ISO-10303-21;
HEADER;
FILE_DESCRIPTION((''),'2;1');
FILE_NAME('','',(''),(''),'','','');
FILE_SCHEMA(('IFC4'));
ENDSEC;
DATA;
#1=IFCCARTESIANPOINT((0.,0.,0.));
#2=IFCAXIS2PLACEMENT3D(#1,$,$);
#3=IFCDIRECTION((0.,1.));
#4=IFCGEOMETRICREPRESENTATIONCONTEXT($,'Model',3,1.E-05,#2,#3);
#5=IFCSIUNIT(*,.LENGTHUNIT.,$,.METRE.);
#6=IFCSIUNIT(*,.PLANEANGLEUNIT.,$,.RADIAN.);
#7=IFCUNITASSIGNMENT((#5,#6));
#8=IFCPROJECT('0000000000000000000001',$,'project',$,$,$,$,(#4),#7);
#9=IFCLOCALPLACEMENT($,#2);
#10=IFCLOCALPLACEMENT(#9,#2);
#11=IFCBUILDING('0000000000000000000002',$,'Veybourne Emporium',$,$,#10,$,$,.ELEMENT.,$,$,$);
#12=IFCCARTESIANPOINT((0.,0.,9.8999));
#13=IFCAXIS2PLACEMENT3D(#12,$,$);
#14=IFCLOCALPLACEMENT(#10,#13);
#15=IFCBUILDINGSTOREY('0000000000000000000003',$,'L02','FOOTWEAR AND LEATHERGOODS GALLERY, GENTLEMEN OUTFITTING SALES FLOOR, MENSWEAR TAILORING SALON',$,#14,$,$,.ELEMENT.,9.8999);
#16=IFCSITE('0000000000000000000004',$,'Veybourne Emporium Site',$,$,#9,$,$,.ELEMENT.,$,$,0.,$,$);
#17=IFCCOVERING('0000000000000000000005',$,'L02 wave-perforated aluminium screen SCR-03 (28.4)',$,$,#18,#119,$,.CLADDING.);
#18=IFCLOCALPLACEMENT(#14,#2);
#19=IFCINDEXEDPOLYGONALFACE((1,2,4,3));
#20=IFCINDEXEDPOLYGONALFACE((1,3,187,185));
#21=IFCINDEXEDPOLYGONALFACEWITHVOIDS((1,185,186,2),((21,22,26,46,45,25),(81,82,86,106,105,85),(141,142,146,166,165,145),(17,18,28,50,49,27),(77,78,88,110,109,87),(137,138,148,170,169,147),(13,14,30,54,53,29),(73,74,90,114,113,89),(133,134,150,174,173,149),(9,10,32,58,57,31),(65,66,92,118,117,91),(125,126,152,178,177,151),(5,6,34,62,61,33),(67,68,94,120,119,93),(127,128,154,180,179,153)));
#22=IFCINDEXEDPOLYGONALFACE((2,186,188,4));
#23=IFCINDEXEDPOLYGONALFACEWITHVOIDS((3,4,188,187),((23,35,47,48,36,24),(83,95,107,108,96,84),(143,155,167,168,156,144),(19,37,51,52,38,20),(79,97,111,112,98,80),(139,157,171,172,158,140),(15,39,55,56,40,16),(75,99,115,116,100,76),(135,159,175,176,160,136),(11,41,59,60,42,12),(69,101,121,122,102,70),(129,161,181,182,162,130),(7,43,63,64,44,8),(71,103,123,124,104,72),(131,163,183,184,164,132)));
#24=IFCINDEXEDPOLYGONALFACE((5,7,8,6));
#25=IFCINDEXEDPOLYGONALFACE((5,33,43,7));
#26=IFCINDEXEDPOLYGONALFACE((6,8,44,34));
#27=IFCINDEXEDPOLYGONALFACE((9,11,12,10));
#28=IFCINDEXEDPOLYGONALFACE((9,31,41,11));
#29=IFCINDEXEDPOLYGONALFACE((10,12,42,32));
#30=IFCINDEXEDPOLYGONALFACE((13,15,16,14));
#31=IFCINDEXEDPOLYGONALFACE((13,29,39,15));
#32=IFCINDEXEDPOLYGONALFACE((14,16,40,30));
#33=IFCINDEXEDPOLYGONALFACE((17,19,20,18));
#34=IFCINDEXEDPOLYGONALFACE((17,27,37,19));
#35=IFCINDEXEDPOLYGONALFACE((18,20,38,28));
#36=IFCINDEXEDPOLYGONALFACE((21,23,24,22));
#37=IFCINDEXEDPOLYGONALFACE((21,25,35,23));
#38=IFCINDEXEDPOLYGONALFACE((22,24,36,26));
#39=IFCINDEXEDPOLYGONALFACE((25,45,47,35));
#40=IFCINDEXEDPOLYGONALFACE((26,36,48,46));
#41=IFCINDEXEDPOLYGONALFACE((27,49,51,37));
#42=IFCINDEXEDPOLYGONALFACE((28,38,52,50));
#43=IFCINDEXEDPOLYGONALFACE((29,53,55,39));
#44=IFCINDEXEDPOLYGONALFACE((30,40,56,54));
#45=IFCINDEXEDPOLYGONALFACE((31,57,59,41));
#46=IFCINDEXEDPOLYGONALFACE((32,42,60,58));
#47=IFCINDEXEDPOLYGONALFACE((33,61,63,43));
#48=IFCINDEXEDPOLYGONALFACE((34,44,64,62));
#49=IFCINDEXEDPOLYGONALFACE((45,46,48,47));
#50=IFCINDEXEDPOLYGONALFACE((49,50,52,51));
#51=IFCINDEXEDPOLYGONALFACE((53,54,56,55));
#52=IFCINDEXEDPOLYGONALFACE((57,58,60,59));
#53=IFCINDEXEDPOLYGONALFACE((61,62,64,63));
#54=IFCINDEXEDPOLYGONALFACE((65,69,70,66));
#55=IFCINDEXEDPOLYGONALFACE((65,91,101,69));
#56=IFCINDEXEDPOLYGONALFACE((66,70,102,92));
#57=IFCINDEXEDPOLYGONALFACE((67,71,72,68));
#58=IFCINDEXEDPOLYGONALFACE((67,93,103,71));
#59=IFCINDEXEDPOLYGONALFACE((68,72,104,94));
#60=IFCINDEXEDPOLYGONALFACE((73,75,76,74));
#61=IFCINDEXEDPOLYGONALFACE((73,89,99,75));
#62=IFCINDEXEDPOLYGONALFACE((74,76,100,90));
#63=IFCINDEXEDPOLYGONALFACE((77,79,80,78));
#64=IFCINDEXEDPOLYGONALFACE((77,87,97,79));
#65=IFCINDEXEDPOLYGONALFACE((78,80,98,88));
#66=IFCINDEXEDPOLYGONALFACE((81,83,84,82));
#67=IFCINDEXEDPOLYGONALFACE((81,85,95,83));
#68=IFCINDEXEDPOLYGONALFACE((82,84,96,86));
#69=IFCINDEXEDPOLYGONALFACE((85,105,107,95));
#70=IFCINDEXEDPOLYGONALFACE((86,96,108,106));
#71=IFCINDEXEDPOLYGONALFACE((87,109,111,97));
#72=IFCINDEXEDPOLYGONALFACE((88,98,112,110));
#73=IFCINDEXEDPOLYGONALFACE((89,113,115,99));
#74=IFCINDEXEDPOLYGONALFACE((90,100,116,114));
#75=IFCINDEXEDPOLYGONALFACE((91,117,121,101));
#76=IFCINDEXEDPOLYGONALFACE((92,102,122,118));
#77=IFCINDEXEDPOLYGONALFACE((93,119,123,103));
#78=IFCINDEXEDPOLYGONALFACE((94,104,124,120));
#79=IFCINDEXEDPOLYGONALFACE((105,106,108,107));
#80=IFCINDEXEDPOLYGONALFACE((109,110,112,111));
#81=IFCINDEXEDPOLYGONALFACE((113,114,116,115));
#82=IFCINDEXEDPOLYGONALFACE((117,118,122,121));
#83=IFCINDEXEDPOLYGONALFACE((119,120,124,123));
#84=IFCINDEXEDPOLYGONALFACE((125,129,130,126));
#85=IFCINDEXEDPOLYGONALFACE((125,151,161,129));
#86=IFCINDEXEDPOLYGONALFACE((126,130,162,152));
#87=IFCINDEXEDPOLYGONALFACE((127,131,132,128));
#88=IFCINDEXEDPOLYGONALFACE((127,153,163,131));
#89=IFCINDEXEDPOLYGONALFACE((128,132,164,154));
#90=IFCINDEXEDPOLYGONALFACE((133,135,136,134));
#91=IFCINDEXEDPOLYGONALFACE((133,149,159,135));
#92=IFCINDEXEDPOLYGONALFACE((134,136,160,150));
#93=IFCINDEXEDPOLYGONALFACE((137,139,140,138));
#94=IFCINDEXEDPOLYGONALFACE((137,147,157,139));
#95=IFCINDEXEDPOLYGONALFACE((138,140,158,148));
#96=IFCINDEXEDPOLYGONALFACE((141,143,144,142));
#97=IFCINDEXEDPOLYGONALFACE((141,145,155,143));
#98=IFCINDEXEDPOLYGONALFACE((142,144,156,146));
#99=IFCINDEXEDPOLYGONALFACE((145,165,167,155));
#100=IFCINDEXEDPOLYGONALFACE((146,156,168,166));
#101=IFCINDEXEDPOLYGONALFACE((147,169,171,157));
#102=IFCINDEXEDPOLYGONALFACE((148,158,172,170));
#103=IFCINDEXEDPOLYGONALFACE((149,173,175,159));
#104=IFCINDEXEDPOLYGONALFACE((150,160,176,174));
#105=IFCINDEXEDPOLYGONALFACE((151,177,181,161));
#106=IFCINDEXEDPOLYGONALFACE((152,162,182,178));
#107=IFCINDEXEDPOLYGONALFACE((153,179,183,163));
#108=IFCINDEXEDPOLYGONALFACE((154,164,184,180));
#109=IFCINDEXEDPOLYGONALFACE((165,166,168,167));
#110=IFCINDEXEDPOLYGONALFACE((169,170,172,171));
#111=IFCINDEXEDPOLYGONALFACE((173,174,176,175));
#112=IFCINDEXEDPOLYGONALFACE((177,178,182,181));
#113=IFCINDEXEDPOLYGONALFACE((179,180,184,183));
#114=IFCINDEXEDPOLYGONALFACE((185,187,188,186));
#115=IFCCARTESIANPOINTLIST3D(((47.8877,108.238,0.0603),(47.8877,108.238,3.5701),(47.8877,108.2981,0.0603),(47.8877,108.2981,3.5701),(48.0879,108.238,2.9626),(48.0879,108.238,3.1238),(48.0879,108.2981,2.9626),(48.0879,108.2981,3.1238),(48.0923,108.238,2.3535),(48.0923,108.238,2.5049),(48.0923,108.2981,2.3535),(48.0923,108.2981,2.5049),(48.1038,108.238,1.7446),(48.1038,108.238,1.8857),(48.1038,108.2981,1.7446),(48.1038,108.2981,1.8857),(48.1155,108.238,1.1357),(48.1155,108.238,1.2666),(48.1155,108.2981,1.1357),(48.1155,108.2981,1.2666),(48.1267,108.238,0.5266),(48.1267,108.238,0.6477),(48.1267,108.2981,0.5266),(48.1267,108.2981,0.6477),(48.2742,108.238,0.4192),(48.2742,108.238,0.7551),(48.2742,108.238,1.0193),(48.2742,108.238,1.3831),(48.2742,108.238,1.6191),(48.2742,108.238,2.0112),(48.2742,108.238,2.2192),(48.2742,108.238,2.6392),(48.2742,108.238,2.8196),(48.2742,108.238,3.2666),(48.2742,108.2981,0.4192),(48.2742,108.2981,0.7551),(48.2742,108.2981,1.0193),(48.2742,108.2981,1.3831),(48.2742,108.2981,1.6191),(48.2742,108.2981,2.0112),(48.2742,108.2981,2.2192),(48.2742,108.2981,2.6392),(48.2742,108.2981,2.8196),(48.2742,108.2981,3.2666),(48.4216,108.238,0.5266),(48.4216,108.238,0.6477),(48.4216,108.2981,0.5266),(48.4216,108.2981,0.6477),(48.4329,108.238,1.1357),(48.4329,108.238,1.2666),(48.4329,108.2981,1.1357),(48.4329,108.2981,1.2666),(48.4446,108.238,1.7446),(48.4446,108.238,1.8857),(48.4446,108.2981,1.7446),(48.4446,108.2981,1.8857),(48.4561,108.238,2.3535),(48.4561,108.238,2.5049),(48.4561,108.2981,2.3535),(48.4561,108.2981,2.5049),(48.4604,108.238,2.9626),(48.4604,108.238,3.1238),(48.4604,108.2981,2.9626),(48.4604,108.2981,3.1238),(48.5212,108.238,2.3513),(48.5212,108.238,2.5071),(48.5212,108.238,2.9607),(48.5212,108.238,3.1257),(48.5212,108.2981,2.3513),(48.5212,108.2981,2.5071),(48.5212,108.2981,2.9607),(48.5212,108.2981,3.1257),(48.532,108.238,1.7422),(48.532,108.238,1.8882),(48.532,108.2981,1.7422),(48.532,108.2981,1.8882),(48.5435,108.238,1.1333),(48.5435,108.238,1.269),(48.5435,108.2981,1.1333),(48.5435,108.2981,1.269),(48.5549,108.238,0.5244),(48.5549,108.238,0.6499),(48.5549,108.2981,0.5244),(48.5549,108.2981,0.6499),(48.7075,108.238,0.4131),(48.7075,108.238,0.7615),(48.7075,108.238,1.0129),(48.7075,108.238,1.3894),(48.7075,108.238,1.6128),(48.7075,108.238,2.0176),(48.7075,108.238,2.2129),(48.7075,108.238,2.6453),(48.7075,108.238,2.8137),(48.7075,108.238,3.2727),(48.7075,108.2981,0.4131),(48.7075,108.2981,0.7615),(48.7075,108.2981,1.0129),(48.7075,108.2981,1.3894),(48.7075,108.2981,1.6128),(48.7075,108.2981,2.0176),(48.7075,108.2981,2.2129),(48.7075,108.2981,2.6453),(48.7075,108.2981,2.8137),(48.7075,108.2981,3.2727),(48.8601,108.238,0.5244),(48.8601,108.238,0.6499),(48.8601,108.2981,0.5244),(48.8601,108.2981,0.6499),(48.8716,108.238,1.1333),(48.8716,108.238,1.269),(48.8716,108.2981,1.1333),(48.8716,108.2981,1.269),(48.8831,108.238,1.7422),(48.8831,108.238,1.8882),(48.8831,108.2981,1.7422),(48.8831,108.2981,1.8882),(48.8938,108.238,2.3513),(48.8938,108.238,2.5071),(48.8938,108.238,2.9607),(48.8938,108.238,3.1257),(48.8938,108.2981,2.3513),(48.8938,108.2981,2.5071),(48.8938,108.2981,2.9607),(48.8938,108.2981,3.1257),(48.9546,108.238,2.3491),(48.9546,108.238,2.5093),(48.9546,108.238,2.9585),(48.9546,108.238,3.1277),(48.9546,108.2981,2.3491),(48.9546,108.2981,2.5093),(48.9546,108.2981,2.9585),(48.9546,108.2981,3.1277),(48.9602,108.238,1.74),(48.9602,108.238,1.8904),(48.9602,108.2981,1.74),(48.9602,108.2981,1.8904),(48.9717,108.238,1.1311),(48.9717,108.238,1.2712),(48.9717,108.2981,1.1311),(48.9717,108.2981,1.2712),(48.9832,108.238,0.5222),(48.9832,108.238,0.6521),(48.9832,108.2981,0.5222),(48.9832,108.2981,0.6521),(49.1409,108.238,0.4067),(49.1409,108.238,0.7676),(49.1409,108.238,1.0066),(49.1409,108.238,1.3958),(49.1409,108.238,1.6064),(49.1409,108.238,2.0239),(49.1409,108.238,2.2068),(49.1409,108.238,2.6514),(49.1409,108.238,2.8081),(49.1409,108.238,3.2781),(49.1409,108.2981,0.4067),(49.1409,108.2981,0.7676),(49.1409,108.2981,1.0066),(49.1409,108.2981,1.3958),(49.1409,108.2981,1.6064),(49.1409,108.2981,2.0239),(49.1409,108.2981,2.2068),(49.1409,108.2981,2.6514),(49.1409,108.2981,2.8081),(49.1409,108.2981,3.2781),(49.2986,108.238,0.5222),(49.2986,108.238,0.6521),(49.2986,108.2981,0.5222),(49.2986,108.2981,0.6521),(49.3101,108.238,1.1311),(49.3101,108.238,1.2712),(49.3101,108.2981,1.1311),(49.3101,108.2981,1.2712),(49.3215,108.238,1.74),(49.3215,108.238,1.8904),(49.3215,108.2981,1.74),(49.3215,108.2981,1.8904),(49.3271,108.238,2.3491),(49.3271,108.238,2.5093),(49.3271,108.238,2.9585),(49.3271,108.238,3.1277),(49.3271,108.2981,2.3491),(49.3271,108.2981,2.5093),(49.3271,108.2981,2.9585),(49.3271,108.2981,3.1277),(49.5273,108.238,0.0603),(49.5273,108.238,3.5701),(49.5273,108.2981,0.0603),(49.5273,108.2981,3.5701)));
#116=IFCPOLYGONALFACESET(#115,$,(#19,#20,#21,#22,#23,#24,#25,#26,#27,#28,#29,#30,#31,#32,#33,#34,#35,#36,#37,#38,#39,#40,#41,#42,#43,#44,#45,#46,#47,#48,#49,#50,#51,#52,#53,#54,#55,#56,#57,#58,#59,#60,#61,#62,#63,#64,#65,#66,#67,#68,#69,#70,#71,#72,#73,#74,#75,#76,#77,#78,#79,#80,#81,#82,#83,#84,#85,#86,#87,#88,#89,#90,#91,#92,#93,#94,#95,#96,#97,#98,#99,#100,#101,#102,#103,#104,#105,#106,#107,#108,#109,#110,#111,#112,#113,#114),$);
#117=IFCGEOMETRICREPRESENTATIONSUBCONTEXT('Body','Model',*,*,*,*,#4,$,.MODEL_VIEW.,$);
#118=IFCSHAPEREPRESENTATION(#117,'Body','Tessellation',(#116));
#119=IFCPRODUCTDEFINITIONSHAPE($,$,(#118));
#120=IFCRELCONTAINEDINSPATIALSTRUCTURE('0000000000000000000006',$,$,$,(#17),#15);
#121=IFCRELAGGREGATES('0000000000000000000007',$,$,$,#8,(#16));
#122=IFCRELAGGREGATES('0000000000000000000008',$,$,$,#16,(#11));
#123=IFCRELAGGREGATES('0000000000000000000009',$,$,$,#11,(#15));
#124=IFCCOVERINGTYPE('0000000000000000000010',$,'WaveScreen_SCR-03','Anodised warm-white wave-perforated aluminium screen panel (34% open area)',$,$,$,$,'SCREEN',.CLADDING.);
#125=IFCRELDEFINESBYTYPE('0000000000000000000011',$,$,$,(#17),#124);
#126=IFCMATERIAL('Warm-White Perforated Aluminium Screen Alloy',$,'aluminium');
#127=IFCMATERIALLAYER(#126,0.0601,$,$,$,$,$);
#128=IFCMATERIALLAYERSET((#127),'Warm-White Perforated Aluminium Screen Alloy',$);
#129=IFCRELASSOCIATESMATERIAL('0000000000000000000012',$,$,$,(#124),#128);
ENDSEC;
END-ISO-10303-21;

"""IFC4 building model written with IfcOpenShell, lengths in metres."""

from ifc_helpers import new_model, si_unit, direction, frame, origin, place, context, subcontext, project, spatial, polyline, outline, extrude, material, layer, layer_set, type_object, element, save


model = new_model("IFC4")

# Units and contexts
model_context = context("Model", 3, precision=1e-05, world=origin(), true_north=direction((0.0, 1.0)))
body_context = subcontext(model_context, "Body", "Model", "MODEL_VIEW")
ifc_project = project(units=[si_unit("LENGTHUNIT", "METRE"), si_unit("PLANEANGLEUNIT", "RADIAN")], contexts=[model_context])

# Site, building, storey
site_placement = place(None, origin())
site = spatial("IfcSite", under=ifc_project, at=site_placement, Name="Veybourne Emporium Site", CompositionType="ELEMENT", RefElevation=0.0)
building_placement = place(site_placement, origin())
building = spatial("IfcBuilding", under=site, at=building_placement, Name="Veybourne Emporium", CompositionType="ELEMENT")
storey_placement = place(building_placement, frame((0.0, 0.0, 9.8999)))
storey = spatial("IfcBuildingStorey", under=building, at=storey_placement, Name="L02", Description="FOOTWEAR AND LEATHERGOODS GALLERY, GENTLEMEN OUTFITTING SALES FLOOR, MENSWEAR TAILORING SALON", CompositionType="ELEMENT", Elevation=9.8999)

# Covering
ifc_material_1 = material(Name="Warm-White Perforated Aluminium Screen Alloy", Category="aluminium")
ifc_layer_1 = layer(ifc_material_1, 0.0601)
ifc_layer_set_1 = layer_set([ifc_layer_1], Name="Warm-White Perforated Aluminium Screen Alloy")
covering_type_1 = type_object("IfcCoveringType", Name="WaveScreen_SCR-03", Description="Anodised warm-white wave-perforated aluminium screen panel (34% open area)", ElementType="SCREEN", PredefinedType="CLADDING", material=ifc_layer_set_1)
covering_1_placement = place(storey_placement, frame((48.7075, 108.2981, 1.8152), z_axis=(0.0, -1.0, 0.0), x_axis=(1.0, 0.0, 0.0)))
element("IfcCovering", 1, at=covering_1_placement, inside=storey, type_object=covering_type_1, Name="L02 wave-perforated aluminium screen SCR-03 (28.4)", PredefinedType="CLADDING", context=body_context, shape_type="SweptSolid", body=[
    extrude(outline(polyline([(-0.8198, -1.7549), (0.8198, -1.7549), (0.8198, 1.7549), (-0.8198, 1.7549), (-0.8198, -1.7549)]), holes=[polyline([(-0.4333, -1.0601), (-0.2859, -1.1675), (-0.2859, -1.2886), (-0.4333, -1.396), (-0.5808, -1.2886), (-0.5808, -1.1675), (-0.4333, -1.0601)]), polyline([(-0.4333, -0.4321), (-0.2747, -0.5486), (-0.2747, -0.6794), (-0.4333, -0.7959), (-0.592, -0.6794), (-0.592, -0.5486), (-0.4333, -0.4321)]), polyline([(-0.4333, 0.196), (-0.2629, 0.0706), (-0.2629, -0.0706), (-0.4333, -0.196), (-0.6038, -0.0706), (-0.6038, 0.0706), (-0.4333, 0.196)]), polyline([(-0.4333, 0.824), (-0.2515, 0.6897), (-0.2515, 0.5383), (-0.4333, 0.4041), (-0.6152, 0.5383), (-0.6152, 0.6897), (-0.4333, 0.824)]), polyline([(-0.4333, 1.4514), (-0.2471, 1.3086), (-0.2471, 1.1475), (-0.4333, 1.0044), (-0.6196, 1.1475), (-0.6196, 1.3086), (-0.4333, 1.4514)]), polyline([(0.0, -1.0537), (0.1526, -1.1653), (0.1526, -1.2908), (0.0, -1.4021), (-0.1526, -1.2908), (-0.1526, -1.1653), (0.0, -1.0537)]), polyline([(0.0, -0.4258), (0.1641, -0.5461), (0.1641, -0.6819), (0.0, -0.8022), (-0.1641, -0.6819), (-0.1641, -0.5461), (0.0, -0.4258)]), polyline([(0.0, 0.2024), (0.1755, 0.073), (0.1755, -0.073), (0.0, -0.2024), (-0.1755, -0.073), (-0.1755, 0.073), (0.0, 0.2024)]), polyline([(0.0, 0.8301), (0.1863, 0.6919), (0.1863, 0.5361), (0.0, 0.3977), (-0.1863, 0.5361), (-0.1863, 0.6919), (0.0, 0.8301)]), polyline([(0.0, 1.4575), (0.1863, 1.3105), (0.1863, 1.1455), (0.0, 0.9985), (-0.1863, 1.1455), (-0.1863, 1.3105), (0.0, 1.4575)]), polyline([(0.4333, -1.0476), (0.5911, -1.1631), (0.5911, -1.293), (0.4333, -1.4084), (0.2756, -1.293), (0.2756, -1.1631), (0.4333, -1.0476)]), polyline([(0.4333, -0.4194), (0.6025, -0.5439), (0.6025, -0.6841), (0.4333, -0.8086), (0.2642, -0.6841), (0.2642, -0.5439), (0.4333, -0.4194)]), polyline([(0.4333, 0.2087), (0.614, 0.0752), (0.614, -0.0752), (0.4333, -0.2087), (0.2527, -0.0752), (0.2527, 0.0752), (0.4333, 0.2087)]), polyline([(0.4333, 0.8362), (0.6196, 0.6941), (0.6196, 0.5339), (0.4333, 0.3916), (0.2471, 0.5339), (0.2471, 0.6941), (0.4333, 0.8362)]), polyline([(0.4333, 1.4629), (0.6196, 1.3125), (0.6196, 1.1433), (0.4333, 0.9929), (0.2471, 1.1433), (0.2471, 1.3125), (0.4333, 1.4629)])]), origin(), (0.0, 0.0, 1.0), 0.0601),
])

save(model, "model.ifc")
